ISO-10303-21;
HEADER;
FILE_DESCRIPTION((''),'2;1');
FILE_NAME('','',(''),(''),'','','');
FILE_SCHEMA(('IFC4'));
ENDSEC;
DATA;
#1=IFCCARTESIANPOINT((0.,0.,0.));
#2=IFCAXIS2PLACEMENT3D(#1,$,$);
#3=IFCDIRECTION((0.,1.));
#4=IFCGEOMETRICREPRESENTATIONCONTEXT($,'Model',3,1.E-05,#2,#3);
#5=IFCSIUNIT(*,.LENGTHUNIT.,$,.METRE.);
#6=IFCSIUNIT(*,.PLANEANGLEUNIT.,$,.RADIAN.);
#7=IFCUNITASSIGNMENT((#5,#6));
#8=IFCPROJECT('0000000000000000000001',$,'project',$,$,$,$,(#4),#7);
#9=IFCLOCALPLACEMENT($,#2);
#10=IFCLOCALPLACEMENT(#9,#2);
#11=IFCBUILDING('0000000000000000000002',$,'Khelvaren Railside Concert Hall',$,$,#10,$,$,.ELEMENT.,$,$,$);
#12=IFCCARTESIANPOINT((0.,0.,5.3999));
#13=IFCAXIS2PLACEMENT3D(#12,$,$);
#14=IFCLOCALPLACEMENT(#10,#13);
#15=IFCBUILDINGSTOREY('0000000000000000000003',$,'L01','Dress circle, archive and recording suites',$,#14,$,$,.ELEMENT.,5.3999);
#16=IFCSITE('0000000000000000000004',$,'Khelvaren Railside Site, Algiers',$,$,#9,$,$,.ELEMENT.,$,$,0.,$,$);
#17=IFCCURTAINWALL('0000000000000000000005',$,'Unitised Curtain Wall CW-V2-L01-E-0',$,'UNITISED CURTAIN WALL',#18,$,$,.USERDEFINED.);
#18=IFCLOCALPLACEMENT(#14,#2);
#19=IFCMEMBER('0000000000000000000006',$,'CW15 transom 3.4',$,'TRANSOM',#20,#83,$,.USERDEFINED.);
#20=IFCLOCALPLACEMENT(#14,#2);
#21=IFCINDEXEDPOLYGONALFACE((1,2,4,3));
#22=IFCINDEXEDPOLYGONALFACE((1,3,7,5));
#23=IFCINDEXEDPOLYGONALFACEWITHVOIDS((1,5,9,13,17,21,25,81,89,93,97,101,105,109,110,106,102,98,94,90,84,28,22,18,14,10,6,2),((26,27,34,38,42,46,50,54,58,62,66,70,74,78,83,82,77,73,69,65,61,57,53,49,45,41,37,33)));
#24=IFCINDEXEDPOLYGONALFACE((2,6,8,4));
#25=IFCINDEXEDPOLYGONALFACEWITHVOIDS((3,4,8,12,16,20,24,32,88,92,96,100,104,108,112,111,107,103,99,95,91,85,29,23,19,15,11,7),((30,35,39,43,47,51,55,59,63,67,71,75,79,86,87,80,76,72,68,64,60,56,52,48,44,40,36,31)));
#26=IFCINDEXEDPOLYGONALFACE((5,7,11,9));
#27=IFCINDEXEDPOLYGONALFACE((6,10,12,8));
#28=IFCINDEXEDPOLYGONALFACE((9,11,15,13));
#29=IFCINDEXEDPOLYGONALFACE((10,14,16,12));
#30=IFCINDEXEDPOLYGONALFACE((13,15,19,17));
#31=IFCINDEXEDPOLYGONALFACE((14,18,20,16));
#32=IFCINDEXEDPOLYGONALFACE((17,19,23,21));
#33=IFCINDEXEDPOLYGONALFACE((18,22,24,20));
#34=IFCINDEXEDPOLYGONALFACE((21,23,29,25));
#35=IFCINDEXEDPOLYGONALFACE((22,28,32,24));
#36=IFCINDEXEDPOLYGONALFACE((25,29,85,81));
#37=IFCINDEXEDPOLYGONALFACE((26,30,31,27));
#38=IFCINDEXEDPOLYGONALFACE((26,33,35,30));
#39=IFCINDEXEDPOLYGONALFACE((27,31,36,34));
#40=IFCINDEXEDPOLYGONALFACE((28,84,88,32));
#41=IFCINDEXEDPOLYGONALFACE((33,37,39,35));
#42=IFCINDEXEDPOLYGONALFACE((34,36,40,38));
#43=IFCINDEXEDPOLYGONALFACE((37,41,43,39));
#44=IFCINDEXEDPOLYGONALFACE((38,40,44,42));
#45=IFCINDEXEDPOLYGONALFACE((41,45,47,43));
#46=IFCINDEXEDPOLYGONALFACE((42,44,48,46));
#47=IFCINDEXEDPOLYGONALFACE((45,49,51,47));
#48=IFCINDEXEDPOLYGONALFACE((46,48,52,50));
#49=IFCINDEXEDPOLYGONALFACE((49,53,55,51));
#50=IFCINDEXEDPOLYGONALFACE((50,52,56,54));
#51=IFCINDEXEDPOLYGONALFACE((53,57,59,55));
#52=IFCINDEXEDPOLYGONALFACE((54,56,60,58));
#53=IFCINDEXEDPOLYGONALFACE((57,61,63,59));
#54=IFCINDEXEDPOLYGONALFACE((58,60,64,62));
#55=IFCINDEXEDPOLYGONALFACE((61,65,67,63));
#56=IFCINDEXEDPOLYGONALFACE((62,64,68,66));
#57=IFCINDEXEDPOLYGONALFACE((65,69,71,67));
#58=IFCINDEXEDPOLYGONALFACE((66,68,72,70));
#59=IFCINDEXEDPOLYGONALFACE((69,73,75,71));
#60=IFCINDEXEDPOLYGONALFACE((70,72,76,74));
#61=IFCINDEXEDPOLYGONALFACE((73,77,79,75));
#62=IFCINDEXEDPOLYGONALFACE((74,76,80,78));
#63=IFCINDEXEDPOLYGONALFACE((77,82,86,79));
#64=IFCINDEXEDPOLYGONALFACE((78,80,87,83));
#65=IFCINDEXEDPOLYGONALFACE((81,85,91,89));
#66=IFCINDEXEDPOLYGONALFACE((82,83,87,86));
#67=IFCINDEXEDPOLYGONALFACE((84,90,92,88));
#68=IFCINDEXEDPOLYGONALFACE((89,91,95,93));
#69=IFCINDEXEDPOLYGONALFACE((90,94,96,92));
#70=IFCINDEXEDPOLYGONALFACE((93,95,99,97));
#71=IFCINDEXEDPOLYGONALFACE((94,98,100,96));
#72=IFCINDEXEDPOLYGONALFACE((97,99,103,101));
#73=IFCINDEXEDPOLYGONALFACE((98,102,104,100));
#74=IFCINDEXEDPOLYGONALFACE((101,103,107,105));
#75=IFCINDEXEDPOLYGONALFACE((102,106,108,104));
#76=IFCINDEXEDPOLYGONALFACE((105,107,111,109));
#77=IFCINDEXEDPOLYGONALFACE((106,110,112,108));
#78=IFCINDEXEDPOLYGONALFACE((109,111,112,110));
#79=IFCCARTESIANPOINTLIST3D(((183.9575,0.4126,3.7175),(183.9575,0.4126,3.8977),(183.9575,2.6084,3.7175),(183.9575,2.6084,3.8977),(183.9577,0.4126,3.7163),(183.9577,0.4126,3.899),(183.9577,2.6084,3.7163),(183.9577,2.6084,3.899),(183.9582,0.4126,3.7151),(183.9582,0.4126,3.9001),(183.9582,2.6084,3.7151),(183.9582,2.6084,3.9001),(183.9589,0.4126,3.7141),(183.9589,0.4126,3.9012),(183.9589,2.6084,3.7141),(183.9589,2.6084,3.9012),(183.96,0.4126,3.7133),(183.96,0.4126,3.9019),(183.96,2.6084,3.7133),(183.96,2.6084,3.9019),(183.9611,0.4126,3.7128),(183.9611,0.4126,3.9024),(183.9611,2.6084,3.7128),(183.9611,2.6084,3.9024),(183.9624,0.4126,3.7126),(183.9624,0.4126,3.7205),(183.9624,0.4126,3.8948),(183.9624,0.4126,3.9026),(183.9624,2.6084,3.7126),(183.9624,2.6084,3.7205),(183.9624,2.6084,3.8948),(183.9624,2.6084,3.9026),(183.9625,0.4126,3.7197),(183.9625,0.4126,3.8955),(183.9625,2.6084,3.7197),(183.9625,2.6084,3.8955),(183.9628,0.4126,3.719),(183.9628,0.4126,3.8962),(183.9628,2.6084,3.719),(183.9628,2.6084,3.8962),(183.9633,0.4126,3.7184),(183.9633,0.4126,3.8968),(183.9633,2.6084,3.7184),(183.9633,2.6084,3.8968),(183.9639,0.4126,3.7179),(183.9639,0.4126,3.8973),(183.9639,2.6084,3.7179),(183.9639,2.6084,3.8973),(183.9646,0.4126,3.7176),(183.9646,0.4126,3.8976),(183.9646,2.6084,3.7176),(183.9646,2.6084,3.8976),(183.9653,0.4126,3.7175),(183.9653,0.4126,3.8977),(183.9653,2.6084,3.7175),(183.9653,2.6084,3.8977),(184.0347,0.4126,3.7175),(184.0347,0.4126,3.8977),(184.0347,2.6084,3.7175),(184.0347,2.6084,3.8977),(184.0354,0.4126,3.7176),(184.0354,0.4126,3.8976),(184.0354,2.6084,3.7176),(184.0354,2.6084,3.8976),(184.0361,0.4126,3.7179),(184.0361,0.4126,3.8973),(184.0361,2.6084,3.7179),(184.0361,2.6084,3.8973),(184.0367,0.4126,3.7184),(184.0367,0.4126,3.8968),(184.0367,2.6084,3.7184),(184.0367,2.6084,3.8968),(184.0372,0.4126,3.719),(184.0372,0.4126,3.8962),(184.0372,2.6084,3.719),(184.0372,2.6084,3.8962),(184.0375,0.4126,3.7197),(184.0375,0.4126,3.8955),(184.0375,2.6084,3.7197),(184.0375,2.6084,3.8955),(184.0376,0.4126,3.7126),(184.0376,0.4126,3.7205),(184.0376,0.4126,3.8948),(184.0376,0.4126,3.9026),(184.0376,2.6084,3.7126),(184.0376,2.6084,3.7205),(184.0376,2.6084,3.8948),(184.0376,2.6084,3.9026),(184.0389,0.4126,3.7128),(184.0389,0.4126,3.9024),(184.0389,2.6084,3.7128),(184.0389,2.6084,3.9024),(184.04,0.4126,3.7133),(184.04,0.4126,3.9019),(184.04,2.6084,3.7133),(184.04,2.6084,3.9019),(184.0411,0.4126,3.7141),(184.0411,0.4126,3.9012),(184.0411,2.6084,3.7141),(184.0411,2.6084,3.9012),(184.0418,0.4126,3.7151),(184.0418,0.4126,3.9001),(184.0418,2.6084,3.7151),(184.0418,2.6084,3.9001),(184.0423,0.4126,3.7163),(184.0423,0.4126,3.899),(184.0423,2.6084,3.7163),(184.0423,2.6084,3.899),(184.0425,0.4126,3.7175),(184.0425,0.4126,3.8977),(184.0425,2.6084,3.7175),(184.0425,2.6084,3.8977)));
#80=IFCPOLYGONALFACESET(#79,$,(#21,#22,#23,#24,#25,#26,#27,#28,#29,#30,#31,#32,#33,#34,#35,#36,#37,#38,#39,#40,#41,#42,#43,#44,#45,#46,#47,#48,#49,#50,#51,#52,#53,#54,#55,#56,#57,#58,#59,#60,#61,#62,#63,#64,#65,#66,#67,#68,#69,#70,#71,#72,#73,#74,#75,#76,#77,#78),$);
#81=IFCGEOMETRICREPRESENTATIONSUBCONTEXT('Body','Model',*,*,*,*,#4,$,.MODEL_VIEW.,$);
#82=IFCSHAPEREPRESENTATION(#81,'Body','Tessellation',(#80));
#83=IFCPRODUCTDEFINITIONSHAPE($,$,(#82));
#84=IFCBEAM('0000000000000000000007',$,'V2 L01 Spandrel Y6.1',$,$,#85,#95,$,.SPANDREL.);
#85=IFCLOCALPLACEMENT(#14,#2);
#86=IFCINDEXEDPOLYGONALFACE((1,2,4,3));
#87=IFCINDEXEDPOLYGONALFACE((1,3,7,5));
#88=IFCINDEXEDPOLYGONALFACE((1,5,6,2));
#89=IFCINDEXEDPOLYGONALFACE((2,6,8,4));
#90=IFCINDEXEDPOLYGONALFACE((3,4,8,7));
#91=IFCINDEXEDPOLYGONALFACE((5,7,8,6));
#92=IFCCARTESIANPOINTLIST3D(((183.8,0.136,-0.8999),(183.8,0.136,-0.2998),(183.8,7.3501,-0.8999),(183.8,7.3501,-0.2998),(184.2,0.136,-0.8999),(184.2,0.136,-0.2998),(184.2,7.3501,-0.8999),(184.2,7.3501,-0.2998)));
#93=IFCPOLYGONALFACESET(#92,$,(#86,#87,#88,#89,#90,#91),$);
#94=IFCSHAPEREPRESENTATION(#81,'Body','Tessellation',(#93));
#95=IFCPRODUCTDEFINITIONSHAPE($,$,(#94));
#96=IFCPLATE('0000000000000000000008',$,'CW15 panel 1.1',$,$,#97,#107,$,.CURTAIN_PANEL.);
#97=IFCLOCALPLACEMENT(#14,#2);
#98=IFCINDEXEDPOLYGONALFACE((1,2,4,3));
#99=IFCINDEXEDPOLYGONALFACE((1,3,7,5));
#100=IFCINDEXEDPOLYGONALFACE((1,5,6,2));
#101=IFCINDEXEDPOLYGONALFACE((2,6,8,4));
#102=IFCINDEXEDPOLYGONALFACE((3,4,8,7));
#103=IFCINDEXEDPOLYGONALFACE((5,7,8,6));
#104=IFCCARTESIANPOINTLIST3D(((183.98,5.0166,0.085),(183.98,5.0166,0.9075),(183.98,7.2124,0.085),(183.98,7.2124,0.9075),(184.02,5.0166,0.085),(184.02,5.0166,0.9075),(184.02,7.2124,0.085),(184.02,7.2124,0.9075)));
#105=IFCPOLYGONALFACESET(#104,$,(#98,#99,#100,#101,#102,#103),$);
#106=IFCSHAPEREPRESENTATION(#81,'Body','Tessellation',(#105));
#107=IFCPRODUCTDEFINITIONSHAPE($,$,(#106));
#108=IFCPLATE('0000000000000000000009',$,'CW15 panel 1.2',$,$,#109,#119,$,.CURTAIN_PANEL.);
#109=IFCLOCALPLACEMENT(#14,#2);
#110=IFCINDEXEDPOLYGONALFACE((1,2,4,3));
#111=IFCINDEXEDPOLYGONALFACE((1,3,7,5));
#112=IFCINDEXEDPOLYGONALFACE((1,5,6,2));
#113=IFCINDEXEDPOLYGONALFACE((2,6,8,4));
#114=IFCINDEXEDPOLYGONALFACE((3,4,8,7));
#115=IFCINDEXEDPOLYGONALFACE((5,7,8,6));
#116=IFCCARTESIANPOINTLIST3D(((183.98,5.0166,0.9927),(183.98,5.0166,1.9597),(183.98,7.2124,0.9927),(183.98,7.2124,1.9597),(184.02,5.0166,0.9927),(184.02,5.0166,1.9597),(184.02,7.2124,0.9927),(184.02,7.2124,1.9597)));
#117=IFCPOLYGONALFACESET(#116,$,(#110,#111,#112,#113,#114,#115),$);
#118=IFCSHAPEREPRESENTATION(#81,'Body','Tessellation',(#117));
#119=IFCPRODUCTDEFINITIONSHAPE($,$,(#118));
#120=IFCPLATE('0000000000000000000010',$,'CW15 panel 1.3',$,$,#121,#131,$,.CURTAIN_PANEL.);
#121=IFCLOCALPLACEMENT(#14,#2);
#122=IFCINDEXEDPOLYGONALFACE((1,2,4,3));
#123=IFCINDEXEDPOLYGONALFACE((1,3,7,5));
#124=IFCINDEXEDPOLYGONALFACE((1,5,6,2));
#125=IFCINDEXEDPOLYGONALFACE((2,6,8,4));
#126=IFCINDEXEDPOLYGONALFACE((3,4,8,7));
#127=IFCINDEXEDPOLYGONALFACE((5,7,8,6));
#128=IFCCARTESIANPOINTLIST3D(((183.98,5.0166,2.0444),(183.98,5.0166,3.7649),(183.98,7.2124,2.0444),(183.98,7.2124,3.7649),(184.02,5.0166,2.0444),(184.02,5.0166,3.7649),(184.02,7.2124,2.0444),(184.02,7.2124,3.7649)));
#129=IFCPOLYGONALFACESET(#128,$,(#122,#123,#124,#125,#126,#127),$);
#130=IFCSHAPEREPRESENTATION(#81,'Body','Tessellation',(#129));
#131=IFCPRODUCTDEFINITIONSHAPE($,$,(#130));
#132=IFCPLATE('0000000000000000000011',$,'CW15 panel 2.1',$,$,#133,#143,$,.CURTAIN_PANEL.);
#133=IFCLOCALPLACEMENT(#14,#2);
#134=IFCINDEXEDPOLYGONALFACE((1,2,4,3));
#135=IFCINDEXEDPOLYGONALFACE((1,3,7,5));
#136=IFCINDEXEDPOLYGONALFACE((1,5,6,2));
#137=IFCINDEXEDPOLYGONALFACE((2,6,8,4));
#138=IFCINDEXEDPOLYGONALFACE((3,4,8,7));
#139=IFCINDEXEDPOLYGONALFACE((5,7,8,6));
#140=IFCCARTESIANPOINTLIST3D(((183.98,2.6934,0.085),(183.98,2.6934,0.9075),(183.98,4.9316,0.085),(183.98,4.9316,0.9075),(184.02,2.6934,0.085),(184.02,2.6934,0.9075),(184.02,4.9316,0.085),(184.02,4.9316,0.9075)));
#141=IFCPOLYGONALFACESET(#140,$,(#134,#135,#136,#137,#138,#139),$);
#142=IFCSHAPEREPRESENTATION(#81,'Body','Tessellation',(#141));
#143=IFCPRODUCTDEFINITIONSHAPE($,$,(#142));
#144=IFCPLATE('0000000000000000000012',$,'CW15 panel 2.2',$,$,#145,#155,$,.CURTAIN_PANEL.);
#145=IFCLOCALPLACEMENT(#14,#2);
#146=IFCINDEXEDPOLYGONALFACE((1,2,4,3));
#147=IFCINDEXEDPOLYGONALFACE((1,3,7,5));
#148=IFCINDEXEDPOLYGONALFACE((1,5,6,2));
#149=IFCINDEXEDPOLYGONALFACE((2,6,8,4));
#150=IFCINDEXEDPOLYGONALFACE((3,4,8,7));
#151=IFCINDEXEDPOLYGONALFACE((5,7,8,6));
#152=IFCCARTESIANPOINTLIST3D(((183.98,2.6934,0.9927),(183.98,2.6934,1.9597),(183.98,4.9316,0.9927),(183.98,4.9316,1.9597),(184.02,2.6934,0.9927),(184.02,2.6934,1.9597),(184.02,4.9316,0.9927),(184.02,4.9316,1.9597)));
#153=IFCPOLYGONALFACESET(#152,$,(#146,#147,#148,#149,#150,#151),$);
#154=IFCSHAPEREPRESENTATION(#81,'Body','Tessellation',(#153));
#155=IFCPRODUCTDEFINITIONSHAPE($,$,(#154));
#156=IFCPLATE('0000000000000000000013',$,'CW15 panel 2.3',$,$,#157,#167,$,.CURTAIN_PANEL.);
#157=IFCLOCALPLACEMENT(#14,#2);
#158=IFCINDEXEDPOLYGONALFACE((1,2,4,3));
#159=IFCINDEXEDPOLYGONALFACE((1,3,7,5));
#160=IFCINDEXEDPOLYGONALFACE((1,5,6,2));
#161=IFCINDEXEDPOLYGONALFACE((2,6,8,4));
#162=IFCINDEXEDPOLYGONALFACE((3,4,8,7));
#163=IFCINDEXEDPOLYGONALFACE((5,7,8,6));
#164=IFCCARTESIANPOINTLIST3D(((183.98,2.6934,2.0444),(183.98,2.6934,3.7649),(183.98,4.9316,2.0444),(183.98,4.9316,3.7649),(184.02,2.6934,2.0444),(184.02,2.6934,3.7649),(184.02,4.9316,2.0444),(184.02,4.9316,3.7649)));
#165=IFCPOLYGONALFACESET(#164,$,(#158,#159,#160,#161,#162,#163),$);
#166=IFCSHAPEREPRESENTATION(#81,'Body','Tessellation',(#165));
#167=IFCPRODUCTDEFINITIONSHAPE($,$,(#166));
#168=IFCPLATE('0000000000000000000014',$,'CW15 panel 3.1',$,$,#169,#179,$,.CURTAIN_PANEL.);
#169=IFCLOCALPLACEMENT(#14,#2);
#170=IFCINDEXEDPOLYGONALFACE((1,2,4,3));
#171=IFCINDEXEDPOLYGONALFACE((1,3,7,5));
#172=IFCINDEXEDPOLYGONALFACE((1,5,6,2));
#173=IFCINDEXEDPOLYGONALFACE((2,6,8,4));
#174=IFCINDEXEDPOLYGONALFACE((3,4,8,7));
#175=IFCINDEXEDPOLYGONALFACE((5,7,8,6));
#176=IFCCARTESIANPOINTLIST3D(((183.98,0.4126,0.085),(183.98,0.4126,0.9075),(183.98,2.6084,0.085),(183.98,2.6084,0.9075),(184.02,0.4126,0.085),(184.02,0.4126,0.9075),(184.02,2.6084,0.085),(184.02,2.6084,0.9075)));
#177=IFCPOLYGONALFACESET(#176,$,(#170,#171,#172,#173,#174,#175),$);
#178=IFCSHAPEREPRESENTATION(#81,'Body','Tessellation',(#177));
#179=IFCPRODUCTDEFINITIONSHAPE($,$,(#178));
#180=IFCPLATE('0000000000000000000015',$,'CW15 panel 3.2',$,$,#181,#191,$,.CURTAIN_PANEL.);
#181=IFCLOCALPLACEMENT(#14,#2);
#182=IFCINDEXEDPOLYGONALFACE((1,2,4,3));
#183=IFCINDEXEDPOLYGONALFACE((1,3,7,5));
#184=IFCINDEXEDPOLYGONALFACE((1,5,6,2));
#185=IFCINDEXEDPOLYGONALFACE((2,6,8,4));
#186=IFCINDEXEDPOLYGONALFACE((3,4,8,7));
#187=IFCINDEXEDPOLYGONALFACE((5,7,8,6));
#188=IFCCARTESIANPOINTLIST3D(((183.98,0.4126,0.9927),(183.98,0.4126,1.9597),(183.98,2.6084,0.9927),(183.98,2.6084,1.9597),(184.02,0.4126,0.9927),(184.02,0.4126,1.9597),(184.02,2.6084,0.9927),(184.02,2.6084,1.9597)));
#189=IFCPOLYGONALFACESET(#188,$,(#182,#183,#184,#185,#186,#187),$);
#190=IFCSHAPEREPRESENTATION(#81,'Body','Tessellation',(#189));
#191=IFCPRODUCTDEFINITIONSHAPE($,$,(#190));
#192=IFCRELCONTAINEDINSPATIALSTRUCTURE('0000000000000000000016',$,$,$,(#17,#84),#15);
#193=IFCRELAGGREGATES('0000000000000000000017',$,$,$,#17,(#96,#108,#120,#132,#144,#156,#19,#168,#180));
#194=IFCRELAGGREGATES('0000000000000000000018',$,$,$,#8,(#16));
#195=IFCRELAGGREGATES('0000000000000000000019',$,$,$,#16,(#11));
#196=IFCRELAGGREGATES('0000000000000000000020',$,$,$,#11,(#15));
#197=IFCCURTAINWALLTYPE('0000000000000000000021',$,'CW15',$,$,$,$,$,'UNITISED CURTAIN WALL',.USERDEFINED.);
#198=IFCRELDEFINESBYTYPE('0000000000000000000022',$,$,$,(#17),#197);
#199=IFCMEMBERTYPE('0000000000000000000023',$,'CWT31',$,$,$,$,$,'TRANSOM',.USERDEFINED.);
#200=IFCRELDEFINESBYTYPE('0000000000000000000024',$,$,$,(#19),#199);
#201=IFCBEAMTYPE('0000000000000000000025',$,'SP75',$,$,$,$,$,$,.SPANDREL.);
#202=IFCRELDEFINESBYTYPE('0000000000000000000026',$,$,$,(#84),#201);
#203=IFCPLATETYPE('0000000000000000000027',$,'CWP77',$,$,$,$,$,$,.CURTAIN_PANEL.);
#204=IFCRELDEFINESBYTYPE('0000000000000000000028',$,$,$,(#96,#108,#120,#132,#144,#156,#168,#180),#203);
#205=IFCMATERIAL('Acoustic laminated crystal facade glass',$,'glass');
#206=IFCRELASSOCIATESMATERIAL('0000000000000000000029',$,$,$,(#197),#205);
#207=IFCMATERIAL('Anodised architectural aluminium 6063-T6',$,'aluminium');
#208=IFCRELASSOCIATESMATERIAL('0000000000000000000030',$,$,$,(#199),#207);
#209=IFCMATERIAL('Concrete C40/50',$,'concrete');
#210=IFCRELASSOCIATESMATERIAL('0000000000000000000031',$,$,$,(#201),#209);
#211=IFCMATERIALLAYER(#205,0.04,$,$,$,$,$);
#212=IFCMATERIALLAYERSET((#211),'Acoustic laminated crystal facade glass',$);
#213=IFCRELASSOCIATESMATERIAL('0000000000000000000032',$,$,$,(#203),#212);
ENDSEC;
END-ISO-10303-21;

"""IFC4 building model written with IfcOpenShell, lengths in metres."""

from ifc_helpers import new_model, si_unit, direction, frame, origin, origin_2d, place, context, subcontext, project, spatial, rectangle, hollow_rectangle, extrude, material, layer, layer_set, material_profile, profile_set, type_object, element, aggregate, save


model = new_model("IFC4")

# Units and contexts
model_context = context("Model", 3, precision=1e-05, world=origin(), true_north=direction((0.0, 1.0)))
body_context = subcontext(model_context, "Body", "Model", "MODEL_VIEW")
ifc_project = project(units=[si_unit("LENGTHUNIT", "METRE"), si_unit("PLANEANGLEUNIT", "RADIAN")], contexts=[model_context])

# Site, building, storey
site_placement = place(None, origin())
site = spatial("IfcSite", under=ifc_project, at=site_placement, Name="Khelvaren Railside Site, Algiers", CompositionType="ELEMENT", RefElevation=0.0)
building_placement = place(site_placement, origin())
building = spatial("IfcBuilding", under=site, at=building_placement, Name="Khelvaren Railside Concert Hall", CompositionType="ELEMENT")
storey_placement = place(building_placement, frame((0.0, 0.0, 5.3999)))
storey = spatial("IfcBuildingStorey", under=building, at=storey_placement, Name="L01", Description="Dress circle, archive and recording suites", CompositionType="ELEMENT", Elevation=5.3999)

# Shared definitions
ifc_material_1 = material(Name="Acoustic laminated crystal facade glass", Category="glass")
curtain_wall_type = type_object("IfcCurtainWallType", Name="CW15", ElementType="UNITISED CURTAIN WALL", PredefinedType="USERDEFINED", material=ifc_material_1)
ifc_material_2 = material(Name="Anodised architectural aluminium 6063-T6", Category="aluminium")

# Curtain wall
curtain_wall_1_placement = place(storey_placement, origin())
curtain_wall_1 = element("IfcCurtainWall", 1, at=curtain_wall_1_placement, inside=storey, type_object=curtain_wall_type, Name="Unitised Curtain Wall CW-V2-L01-E-0", ObjectType="UNITISED CURTAIN WALL", PredefinedType="USERDEFINED")

# Member
ifc_material_profile_1 = material_profile(ifc_material_2, hollow_rectangle(XDim=0.085, YDim=0.1899, WallThickness=0.0049, InnerFilletRadius=0.0029, OuterFilletRadius=0.0049, at=origin_2d()), Name="CWT 85x190x5")
ifc_profile_set_1 = profile_set([ifc_material_profile_1], Name="Anodised architectural aluminium 6063-T6")
member_type_1 = type_object("IfcMemberType", Name="CWT31", ElementType="TRANSOM", PredefinedType="USERDEFINED", material=ifc_profile_set_1)
member_1_placement = place(storey_placement, frame((184.0, 2.6084, 3.8076), z_axis=(0.0, -1.0, 0.0), x_axis=(1.0, 0.0, 0.0)))
member_1 = element("IfcMember", 2, at=member_1_placement, type_object=member_type_1, Name="CW15 transom 3.4", ObjectType="TRANSOM", PredefinedType="USERDEFINED", context=body_context, shape_type="SweptSolid", body=[
    extrude(hollow_rectangle(XDim=0.085, YDim=0.1899, WallThickness=0.0049, InnerFilletRadius=0.0029, OuterFilletRadius=0.0049, at=origin_2d()), origin(), (0.0, 0.0, 1.0), 2.1958),
])

# Beam
ifc_material_3 = material(Name="Concrete C40/50", Category="concrete")
ifc_material_profile_2 = material_profile(ifc_material_3, rectangle(XDim=0.3999, YDim=0.6001, at=origin_2d()), Name="RCB 400x600")
ifc_profile_set_2 = profile_set([ifc_material_profile_2], Name="Concrete C40/50")
beam_type = type_object("IfcBeamType", Name="SP75", PredefinedType="SPANDREL", material=ifc_profile_set_2)
beam_placement = place(storey_placement, frame((184.0, 0.136, -0.5999), z_axis=(0.0, 1.0, 0.0), x_axis=(-1.0, 0.0, 0.0)))
element("IfcBeam", 3, at=beam_placement, inside=storey, type_object=beam_type, Name="V2 L01 Spandrel Y6.1", PredefinedType="SPANDREL", context=body_context, shape_type="SweptSolid", body=[
    extrude(rectangle(XDim=0.3999, YDim=0.6001, at=origin_2d()), origin(), (0.0, 0.0, 1.0), 7.2141),
])

# Plates
ifc_layer = layer(ifc_material_1, 0.04)
ifc_layer_set = layer_set([ifc_layer], Name="Acoustic laminated crystal facade glass")
plate_type = type_object("IfcPlateType", Name="CWP77", PredefinedType="CURTAIN_PANEL", material=ifc_layer_set)
plate_1_placement = place(storey_placement, frame((184.0, 6.1145, 0.085), z_axis=(0.0, 0.0, 1.0), x_axis=(0.0, -1.0, 0.0)))
plate_1 = element("IfcPlate", 4, at=plate_1_placement, type_object=plate_type, Name="CW15 panel 1.1", PredefinedType="CURTAIN_PANEL", context=body_context, shape_type="SweptSolid", body=[
    extrude(rectangle(XDim=2.1958, YDim=0.04, at=origin_2d()), origin(), (0.0, 0.0, 1.0), 0.8225),
])
plate_2_placement = place(storey_placement, frame((184.0, 6.1145, 0.9927), z_axis=(0.0, 0.0, 1.0), x_axis=(0.0, -1.0, 0.0)))
plate_2 = element("IfcPlate", 5, at=plate_2_placement, type_object=plate_type, Name="CW15 panel 1.2", PredefinedType="CURTAIN_PANEL", context=body_context, shape_type="SweptSolid", body=[
    extrude(rectangle(XDim=2.1958, YDim=0.04, at=origin_2d()), origin(), (0.0, 0.0, 1.0), 0.967),
])
plate_3_placement = place(storey_placement, frame((184.0, 6.1145, 2.0444), z_axis=(0.0, 0.0, 1.0), x_axis=(0.0, -1.0, 0.0)))
plate_3 = element("IfcPlate", 6, at=plate_3_placement, type_object=plate_type, Name="CW15 panel 1.3", PredefinedType="CURTAIN_PANEL", context=body_context, shape_type="SweptSolid", body=[
    extrude(rectangle(XDim=2.1958, YDim=0.04, at=origin_2d()), origin(), (0.0, 0.0, 1.0), 1.7205),
])
plate_4_placement = place(storey_placement, frame((184.0, 3.8125, 0.085), z_axis=(0.0, 0.0, 1.0), x_axis=(0.0, -1.0, 0.0)))
plate_4 = element("IfcPlate", 7, at=plate_4_placement, type_object=plate_type, Name="CW15 panel 2.1", PredefinedType="CURTAIN_PANEL", context=body_context, shape_type="SweptSolid", body=[
    extrude(rectangle(XDim=2.2383, YDim=0.04, at=origin_2d()), origin(), (0.0, 0.0, 1.0), 0.8225),
])
plate_5_placement = place(storey_placement, frame((184.0, 3.8125, 0.9927), z_axis=(0.0, 0.0, 1.0), x_axis=(0.0, -1.0, 0.0)))
plate_5 = element("IfcPlate", 8, at=plate_5_placement, type_object=plate_type, Name="CW15 panel 2.2", PredefinedType="CURTAIN_PANEL", context=body_context, shape_type="SweptSolid", body=[
    extrude(rectangle(XDim=2.2383, YDim=0.04, at=origin_2d()), origin(), (0.0, 0.0, 1.0), 0.967),
])
plate_6_placement = place(storey_placement, frame((184.0, 3.8125, 2.0444), z_axis=(0.0, 0.0, 1.0), x_axis=(0.0, -1.0, 0.0)))
plate_6 = element("IfcPlate", 9, at=plate_6_placement, type_object=plate_type, Name="CW15 panel 2.3", PredefinedType="CURTAIN_PANEL", context=body_context, shape_type="SweptSolid", body=[
    extrude(rectangle(XDim=2.2383, YDim=0.04, at=origin_2d()), origin(), (0.0, 0.0, 1.0), 1.7205),
])
plate_7_placement = place(storey_placement, frame((184.0, 1.5105, 0.085), z_axis=(0.0, 0.0, 1.0), x_axis=(0.0, -1.0, 0.0)))
plate_7 = element("IfcPlate", 10, at=plate_7_placement, type_object=plate_type, Name="CW15 panel 3.1", PredefinedType="CURTAIN_PANEL", context=body_context, shape_type="SweptSolid", body=[
    extrude(rectangle(XDim=2.1958, YDim=0.04, at=origin_2d()), origin(), (0.0, 0.0, 1.0), 0.8225),
])
plate_8_placement = place(storey_placement, frame((184.0, 1.5105, 0.9927), z_axis=(0.0, 0.0, 1.0), x_axis=(0.0, -1.0, 0.0)))
plate_8 = element("IfcPlate", 11, at=plate_8_placement, type_object=plate_type, Name="CW15 panel 3.2", PredefinedType="CURTAIN_PANEL", context=body_context, shape_type="SweptSolid", body=[
    extrude(rectangle(XDim=2.1958, YDim=0.04, at=origin_2d()), origin(), (0.0, 0.0, 1.0), 0.967),
])
aggregate(curtain_wall_1, [plate_1, plate_2, plate_3, plate_4, plate_5, plate_6, member_1, plate_7, plate_8])

save(model, "model.ifc")
